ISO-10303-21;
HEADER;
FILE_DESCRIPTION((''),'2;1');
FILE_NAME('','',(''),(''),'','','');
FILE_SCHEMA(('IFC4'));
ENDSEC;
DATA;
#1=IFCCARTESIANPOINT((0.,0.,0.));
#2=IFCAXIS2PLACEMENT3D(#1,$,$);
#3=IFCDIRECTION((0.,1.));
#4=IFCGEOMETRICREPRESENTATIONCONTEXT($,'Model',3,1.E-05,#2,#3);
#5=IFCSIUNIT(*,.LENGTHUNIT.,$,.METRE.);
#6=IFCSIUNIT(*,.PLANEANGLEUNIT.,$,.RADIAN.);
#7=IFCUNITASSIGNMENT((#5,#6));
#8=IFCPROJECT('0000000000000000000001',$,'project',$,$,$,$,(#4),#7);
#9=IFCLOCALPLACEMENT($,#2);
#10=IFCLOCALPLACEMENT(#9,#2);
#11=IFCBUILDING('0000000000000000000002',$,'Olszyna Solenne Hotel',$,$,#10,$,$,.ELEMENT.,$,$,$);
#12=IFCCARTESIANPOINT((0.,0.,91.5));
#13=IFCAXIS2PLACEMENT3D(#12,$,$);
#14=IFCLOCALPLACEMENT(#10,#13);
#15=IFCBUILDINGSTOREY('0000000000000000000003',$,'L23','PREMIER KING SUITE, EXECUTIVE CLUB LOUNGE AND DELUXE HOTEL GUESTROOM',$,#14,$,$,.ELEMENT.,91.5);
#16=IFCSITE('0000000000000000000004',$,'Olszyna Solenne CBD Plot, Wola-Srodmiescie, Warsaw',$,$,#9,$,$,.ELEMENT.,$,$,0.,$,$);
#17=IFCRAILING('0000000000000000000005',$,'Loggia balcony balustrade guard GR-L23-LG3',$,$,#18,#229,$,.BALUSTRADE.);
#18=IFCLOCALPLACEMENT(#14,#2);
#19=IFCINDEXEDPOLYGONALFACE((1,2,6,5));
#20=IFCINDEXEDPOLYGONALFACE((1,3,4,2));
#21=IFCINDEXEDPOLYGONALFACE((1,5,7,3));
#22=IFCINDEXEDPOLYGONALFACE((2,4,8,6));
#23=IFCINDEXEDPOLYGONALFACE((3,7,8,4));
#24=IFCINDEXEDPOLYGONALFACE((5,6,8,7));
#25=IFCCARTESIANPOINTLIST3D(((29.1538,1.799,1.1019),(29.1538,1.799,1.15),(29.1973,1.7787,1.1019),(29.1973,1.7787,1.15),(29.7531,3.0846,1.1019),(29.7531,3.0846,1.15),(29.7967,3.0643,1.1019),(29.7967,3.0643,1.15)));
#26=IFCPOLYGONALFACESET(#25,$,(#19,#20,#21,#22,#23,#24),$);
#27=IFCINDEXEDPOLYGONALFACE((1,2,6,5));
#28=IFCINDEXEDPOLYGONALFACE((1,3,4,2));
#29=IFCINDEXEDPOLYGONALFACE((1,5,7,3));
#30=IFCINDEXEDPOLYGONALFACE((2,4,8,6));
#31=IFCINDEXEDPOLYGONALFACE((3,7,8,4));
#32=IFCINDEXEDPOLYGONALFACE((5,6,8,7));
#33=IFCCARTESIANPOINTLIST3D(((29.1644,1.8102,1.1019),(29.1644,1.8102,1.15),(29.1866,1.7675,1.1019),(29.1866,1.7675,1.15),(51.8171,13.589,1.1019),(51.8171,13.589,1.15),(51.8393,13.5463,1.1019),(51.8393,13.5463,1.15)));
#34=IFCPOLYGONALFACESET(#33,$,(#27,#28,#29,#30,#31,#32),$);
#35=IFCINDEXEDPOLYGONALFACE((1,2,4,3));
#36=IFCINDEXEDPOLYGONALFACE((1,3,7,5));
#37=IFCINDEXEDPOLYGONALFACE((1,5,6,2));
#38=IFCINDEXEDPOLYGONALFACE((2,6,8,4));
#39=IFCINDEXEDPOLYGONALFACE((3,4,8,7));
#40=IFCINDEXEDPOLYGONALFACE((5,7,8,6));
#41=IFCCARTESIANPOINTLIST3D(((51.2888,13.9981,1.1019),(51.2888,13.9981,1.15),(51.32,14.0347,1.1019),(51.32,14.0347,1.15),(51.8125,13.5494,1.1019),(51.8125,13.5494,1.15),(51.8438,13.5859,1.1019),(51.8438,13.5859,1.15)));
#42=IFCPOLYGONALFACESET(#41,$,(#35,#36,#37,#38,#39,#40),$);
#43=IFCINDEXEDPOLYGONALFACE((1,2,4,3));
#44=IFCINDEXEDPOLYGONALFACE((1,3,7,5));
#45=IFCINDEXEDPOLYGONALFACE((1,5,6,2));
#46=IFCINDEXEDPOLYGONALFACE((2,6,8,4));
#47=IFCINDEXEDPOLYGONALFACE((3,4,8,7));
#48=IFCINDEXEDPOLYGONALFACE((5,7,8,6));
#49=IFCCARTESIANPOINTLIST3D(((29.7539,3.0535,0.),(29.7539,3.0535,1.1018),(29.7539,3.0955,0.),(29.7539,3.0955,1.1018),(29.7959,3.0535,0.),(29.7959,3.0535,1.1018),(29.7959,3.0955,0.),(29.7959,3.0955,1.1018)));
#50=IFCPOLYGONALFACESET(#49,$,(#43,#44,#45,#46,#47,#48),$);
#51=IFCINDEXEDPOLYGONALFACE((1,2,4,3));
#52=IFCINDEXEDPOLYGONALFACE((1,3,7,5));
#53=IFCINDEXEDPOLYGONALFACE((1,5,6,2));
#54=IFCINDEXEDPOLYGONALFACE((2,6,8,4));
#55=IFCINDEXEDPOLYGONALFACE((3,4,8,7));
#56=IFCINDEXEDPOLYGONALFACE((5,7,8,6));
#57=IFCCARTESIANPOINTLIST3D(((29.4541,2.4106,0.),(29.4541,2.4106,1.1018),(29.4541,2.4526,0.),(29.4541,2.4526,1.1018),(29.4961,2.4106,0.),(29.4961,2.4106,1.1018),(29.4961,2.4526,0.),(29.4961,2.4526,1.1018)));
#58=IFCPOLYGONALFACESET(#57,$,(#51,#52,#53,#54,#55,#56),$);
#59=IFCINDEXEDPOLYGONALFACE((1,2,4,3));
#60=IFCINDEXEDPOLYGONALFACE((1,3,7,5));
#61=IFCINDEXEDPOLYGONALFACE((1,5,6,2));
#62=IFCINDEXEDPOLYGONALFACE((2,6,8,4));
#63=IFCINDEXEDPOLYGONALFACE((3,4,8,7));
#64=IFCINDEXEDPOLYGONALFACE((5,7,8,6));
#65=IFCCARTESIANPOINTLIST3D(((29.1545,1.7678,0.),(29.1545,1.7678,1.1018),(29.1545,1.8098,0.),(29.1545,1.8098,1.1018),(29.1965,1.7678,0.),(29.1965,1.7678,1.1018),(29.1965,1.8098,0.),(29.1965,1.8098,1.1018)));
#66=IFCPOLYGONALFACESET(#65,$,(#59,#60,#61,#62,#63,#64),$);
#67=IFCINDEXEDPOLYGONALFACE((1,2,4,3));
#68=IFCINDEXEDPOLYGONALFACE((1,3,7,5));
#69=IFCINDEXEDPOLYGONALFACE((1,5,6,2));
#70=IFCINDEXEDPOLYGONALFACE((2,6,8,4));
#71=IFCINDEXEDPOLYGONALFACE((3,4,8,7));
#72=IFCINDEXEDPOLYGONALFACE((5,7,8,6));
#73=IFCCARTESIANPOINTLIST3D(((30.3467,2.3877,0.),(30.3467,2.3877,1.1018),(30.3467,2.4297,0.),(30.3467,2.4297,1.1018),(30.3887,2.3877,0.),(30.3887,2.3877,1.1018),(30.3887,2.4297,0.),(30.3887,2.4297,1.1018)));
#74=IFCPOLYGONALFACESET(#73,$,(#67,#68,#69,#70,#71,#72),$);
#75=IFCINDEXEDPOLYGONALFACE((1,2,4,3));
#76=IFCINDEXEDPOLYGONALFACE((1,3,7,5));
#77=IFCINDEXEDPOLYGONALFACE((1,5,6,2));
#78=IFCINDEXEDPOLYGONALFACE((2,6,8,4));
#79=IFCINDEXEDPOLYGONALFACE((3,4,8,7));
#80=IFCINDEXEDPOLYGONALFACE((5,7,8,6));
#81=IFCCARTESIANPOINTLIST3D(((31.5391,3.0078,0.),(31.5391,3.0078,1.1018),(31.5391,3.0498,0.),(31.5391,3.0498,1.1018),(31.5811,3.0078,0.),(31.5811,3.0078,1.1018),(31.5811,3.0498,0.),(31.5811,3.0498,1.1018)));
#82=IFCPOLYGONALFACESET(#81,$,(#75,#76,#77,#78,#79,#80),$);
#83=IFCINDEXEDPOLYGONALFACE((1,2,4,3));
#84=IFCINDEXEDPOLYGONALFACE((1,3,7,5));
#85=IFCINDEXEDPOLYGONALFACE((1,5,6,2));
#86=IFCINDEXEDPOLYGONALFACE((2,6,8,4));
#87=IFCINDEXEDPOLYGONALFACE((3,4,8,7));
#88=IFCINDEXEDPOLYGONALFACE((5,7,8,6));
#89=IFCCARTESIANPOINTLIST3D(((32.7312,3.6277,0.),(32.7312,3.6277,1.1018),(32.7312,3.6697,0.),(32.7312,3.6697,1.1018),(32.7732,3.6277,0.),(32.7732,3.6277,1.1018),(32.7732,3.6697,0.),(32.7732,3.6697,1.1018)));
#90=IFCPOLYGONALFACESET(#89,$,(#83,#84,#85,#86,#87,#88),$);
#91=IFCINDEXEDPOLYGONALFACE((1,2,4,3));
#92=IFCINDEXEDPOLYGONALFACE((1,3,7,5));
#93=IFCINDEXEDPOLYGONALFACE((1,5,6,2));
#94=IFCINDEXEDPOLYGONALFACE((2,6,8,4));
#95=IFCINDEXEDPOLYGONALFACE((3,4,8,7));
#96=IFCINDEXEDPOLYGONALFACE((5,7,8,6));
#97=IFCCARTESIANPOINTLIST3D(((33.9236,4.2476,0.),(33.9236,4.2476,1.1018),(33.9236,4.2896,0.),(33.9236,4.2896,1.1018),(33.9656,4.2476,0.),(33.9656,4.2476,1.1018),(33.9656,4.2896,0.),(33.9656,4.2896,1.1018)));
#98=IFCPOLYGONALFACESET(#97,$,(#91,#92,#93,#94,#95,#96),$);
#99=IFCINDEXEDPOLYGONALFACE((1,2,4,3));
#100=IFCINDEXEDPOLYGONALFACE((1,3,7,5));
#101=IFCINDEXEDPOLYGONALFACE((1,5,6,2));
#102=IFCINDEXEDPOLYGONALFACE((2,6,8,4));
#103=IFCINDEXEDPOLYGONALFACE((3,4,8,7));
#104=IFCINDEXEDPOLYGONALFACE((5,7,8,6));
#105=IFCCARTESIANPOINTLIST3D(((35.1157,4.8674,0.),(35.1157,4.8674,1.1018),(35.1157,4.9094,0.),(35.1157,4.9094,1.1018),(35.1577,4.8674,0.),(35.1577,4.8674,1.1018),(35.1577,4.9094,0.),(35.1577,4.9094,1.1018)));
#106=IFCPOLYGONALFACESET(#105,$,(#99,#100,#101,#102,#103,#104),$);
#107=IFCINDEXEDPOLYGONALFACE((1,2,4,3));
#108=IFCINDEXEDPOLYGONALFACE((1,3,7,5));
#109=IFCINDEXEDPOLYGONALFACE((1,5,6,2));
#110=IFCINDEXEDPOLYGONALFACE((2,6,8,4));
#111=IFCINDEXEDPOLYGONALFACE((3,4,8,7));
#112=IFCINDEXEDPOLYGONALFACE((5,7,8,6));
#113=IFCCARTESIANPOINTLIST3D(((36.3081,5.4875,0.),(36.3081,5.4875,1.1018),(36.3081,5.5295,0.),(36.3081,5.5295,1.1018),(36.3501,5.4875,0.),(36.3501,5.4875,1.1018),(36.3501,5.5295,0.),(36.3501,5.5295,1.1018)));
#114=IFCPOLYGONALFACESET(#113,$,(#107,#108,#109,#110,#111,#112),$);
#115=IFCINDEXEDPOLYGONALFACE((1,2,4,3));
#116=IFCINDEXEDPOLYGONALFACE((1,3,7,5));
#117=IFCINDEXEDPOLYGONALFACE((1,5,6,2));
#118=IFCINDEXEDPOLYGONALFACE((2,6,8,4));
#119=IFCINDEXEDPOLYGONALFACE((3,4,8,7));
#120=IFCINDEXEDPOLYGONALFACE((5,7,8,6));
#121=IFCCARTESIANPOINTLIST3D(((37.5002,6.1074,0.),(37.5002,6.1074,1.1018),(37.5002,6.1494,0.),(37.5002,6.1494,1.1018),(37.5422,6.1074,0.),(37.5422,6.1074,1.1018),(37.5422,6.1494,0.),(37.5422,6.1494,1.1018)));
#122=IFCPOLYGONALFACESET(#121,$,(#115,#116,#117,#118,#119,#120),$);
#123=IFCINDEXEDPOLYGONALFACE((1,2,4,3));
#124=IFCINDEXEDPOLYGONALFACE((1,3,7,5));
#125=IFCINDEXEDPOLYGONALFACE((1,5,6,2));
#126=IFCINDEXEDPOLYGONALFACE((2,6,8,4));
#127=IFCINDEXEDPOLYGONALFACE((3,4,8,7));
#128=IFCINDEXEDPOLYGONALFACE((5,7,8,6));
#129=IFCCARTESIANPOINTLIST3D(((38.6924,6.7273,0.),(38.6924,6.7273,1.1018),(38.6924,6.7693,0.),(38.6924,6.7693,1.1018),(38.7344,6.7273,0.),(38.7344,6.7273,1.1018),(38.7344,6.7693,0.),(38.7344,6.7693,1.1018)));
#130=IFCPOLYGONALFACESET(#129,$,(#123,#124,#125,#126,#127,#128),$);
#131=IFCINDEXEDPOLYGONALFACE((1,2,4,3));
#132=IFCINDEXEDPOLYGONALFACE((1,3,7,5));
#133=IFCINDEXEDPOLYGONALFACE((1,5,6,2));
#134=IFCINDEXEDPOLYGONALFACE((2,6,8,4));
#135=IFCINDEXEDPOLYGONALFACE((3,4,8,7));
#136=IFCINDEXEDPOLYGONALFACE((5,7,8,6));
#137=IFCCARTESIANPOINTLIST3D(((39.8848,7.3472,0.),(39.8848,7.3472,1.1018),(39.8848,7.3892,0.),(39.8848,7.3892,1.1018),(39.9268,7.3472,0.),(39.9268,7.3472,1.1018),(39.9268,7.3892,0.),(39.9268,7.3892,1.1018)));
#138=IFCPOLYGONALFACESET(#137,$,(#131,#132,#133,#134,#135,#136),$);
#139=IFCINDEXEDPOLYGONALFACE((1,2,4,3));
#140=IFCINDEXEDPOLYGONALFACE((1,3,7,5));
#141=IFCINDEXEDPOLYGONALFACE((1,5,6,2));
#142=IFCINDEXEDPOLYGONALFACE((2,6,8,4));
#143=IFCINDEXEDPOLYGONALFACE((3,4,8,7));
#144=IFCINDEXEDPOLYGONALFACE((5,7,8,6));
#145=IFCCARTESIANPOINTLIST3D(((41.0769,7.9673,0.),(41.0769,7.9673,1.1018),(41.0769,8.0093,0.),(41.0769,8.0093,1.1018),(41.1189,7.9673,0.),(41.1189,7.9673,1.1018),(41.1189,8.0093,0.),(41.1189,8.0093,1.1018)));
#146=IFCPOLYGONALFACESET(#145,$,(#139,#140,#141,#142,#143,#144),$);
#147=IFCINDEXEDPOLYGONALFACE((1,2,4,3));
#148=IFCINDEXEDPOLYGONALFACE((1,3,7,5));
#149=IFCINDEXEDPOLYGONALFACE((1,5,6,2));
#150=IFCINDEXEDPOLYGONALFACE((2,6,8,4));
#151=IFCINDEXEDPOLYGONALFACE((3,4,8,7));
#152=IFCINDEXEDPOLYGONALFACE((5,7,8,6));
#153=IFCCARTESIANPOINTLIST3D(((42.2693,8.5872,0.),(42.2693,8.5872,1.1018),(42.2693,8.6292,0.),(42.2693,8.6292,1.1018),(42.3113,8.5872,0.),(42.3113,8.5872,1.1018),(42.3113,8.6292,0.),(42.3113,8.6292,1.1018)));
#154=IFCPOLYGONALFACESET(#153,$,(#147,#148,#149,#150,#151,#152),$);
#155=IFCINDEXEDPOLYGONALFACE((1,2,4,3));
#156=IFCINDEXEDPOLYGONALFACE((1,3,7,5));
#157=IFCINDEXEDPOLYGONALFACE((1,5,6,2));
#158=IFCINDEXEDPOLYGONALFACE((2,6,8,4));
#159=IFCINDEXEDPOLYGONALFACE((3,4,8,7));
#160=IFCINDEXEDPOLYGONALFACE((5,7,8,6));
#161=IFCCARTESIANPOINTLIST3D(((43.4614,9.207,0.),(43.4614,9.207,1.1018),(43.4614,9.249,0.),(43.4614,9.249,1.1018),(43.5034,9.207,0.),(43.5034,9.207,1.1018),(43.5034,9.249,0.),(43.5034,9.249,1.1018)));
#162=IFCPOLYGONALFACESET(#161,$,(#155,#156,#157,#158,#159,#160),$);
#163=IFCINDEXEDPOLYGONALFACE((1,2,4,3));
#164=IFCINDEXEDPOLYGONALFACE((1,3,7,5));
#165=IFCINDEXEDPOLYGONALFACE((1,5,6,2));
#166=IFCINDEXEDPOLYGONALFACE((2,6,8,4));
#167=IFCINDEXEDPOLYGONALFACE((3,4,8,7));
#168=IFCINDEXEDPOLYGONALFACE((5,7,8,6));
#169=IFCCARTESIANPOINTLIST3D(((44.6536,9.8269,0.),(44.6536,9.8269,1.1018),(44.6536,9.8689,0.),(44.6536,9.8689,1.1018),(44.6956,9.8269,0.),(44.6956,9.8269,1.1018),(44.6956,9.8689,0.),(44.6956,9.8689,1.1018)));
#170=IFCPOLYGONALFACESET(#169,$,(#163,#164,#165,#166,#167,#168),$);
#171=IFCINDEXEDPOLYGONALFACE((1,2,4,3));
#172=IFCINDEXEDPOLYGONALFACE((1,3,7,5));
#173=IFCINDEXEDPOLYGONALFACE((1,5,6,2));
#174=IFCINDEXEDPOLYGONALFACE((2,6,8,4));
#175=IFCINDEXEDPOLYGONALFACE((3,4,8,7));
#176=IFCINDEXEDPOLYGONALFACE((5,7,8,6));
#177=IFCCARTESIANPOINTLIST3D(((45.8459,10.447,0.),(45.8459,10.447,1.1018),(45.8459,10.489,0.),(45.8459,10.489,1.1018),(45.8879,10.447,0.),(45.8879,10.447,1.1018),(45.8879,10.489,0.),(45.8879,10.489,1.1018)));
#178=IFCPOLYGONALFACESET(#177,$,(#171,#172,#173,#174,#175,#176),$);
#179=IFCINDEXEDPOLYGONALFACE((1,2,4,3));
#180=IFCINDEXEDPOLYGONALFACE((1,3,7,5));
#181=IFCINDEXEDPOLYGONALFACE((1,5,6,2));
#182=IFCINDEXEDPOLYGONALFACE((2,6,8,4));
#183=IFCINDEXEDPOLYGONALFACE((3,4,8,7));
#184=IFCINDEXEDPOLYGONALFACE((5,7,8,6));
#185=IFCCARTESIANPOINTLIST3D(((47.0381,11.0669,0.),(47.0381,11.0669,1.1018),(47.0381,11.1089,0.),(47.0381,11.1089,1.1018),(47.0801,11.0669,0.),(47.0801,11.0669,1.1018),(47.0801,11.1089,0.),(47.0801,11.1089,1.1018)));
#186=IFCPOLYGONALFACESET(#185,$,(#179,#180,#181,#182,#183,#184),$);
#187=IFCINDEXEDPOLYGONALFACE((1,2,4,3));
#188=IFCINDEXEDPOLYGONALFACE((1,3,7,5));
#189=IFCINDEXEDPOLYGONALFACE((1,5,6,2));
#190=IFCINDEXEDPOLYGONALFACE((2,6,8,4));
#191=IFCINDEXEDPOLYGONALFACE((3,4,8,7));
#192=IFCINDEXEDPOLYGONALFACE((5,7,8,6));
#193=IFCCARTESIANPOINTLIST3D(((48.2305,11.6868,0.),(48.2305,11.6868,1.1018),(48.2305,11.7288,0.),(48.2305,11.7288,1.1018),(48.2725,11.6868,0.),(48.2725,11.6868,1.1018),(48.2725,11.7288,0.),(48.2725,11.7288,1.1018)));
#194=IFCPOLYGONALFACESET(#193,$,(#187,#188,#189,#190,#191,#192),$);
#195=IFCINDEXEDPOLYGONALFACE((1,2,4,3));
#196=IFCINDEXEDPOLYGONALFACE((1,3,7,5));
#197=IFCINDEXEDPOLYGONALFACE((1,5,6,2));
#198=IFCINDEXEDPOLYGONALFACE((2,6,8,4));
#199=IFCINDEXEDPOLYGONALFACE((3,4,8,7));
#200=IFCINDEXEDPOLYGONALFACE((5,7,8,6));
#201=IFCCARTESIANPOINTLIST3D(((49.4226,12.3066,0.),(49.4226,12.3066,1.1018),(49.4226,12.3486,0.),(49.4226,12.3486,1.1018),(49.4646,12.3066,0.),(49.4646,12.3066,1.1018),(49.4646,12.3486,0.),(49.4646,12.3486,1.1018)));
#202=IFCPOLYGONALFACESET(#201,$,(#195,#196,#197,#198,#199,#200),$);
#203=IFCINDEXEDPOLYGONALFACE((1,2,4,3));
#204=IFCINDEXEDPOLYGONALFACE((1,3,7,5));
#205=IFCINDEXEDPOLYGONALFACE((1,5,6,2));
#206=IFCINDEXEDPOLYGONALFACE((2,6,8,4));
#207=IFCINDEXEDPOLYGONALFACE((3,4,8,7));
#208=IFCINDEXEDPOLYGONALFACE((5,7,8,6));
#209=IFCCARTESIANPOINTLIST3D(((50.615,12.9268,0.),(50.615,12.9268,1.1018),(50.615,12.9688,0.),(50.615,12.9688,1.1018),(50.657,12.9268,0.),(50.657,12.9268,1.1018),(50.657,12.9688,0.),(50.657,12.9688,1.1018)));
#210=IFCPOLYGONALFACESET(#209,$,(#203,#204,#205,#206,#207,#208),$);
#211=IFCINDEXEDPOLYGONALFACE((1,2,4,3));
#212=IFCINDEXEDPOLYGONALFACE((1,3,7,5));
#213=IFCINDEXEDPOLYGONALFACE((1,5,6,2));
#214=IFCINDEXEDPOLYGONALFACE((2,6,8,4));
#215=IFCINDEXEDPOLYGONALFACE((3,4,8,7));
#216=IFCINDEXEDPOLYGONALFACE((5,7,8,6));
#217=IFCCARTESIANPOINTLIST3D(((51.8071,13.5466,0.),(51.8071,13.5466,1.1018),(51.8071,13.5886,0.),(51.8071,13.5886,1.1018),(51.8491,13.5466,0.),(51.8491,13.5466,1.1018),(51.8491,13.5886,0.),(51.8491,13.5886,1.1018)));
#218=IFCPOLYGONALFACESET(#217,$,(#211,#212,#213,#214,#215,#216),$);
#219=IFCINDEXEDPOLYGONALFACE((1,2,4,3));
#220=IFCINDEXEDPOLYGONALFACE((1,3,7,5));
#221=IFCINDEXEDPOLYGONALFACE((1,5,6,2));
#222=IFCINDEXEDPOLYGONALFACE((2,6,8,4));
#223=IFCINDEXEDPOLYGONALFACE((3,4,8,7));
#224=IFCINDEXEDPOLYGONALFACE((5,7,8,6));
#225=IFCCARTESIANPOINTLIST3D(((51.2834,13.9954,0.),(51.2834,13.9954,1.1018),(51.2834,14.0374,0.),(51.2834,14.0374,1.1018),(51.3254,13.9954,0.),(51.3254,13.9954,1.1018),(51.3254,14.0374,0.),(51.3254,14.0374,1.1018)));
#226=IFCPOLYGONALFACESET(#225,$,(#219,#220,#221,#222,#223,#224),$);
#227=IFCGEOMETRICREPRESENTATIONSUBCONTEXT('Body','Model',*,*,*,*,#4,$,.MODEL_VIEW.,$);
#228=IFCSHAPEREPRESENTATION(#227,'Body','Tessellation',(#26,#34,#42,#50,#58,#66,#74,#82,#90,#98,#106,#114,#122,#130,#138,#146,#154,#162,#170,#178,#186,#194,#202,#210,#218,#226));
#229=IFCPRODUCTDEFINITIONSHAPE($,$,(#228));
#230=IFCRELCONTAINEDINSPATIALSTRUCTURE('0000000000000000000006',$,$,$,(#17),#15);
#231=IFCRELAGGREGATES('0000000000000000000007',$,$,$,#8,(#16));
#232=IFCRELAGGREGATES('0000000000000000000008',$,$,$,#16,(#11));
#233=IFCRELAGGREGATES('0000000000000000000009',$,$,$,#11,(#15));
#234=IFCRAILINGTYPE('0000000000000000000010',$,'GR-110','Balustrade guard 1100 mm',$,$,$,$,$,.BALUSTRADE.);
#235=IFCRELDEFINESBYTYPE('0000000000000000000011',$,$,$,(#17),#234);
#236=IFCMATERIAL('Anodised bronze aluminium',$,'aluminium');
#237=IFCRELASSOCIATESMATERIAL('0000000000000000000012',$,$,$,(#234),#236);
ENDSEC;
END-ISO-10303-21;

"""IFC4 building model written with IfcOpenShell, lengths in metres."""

from ifc_helpers import new_model, si_unit, direction, frame, origin, origin_2d, place, context, subcontext, project, spatial, rectangle, extrude, material, type_object, element, save


model = new_model("IFC4")

# Units and contexts
model_context = context("Model", 3, precision=1e-05, world=origin(), true_north=direction((0.0, 1.0)))
body_context = subcontext(model_context, "Body", "Model", "MODEL_VIEW")
ifc_project = project(units=[si_unit("LENGTHUNIT", "METRE"), si_unit("PLANEANGLEUNIT", "RADIAN")], contexts=[model_context])

# Site, building, storey
site_placement = place(None, origin())
site = spatial("IfcSite", under=ifc_project, at=site_placement, Name="Olszyna Solenne CBD Plot, Wola-Srodmiescie, Warsaw", CompositionType="ELEMENT", RefElevation=0.0)
building_placement = place(site_placement, origin())
building = spatial("IfcBuilding", under=site, at=building_placement, Name="Olszyna Solenne Hotel", CompositionType="ELEMENT")
storey_placement = place(building_placement, frame((0.0, 0.0, 91.5)))
storey = spatial("IfcBuildingStorey", under=building, at=storey_placement, Name="L23", Description="PREMIER KING SUITE, EXECUTIVE CLUB LOUNGE AND DELUXE HOTEL GUESTROOM", CompositionType="ELEMENT", Elevation=91.5)

# Railing
ifc_material_1 = material(Name="Anodised bronze aluminium", Category="aluminium")
railing_type = type_object("IfcRailingType", Name="GR-110", Description="Balustrade guard 1100 mm", PredefinedType="BALUSTRADE", material=ifc_material_1)
railing_placement = place(storey_placement, frame((29.7749, 3.0745, 0.0)))
element("IfcRailing", 1, at=railing_placement, inside=storey, type_object=railing_type, Name="Loggia balcony balustrade guard GR-L23-LG3", PredefinedType="BALUSTRADE", context=body_context, shape_type="SweptSolid", body=[
    extrude(rectangle(XDim=0.0481, YDim=0.0481, at=origin_2d()), frame((0.0, 0.0, 1.126), z_axis=(-0.422537, -0.906346, 0.0), x_axis=(0.906346, -0.422537, 0.0)), (0.0, 0.0, 1.0), 1.4185),
    extrude(rectangle(XDim=0.0481, YDim=0.0481, at=origin_2d()), frame((-0.5994, -1.2856, 1.126), z_axis=(0.887225, 0.461336, 0.0), x_axis=(-0.461336, 0.887225, 0.0)), (0.0, 0.0, 1.0), 25.532),
    extrude(rectangle(XDim=0.0481, YDim=0.0481, at=origin_2d()), frame((22.0532, 10.4932, 1.126), z_axis=(-0.759357, 0.650675, 0.0), x_axis=(-0.650675, -0.759357, 0.0)), (0.0, 0.0, 1.0), 0.6897),
    extrude(rectangle(XDim=0.042, YDim=0.042, at=origin_2d()), origin(), (0.0, 0.0, 1.0), 1.1018),
    extrude(rectangle(XDim=0.042, YDim=0.042, at=origin_2d()), frame((-0.2998, -0.6428, 0.0)), (0.0, 0.0, 1.0), 1.1018),
    extrude(rectangle(XDim=0.042, YDim=0.042, at=origin_2d()), frame((-0.5994, -1.2856, 0.0)), (0.0, 0.0, 1.0), 1.1018),
    extrude(rectangle(XDim=0.042, YDim=0.042, at=origin_2d()), frame((0.5928, -0.6658, 0.0)), (0.0, 0.0, 1.0), 1.1018),
    extrude(rectangle(XDim=0.042, YDim=0.042, at=origin_2d()), frame((1.7852, -0.0457, 0.0)), (0.0, 0.0, 1.0), 1.1018),
    extrude(rectangle(XDim=0.042, YDim=0.042, at=origin_2d()), frame((2.9773, 0.5742, 0.0)), (0.0, 0.0, 1.0), 1.1018),
    extrude(rectangle(XDim=0.042, YDim=0.042, at=origin_2d()), frame((4.1697, 1.1941, 0.0)), (0.0, 0.0, 1.0), 1.1018),
    extrude(rectangle(XDim=0.042, YDim=0.042, at=origin_2d()), frame((5.3618, 1.814, 0.0)), (0.0, 0.0, 1.0), 1.1018),
    extrude(rectangle(XDim=0.042, YDim=0.042, at=origin_2d()), frame((6.5542, 2.4341, 0.0)), (0.0, 0.0, 1.0), 1.1018),
    extrude(rectangle(XDim=0.042, YDim=0.042, at=origin_2d()), frame((7.7463, 3.054, 0.0)), (0.0, 0.0, 1.0), 1.1018),
    extrude(rectangle(XDim=0.042, YDim=0.042, at=origin_2d()), frame((8.9385, 3.6738, 0.0)), (0.0, 0.0, 1.0), 1.1018),
    extrude(rectangle(XDim=0.042, YDim=0.042, at=origin_2d()), frame((10.1309, 4.2937, 0.0)), (0.0, 0.0, 1.0), 1.1018),
    extrude(rectangle(XDim=0.042, YDim=0.042, at=origin_2d()), frame((11.323, 4.9138, 0.0)), (0.0, 0.0, 1.0), 1.1018),
    extrude(rectangle(XDim=0.042, YDim=0.042, at=origin_2d()), frame((12.5154, 5.5337, 0.0)), (0.0, 0.0, 1.0), 1.1018),
    extrude(rectangle(XDim=0.042, YDim=0.042, at=origin_2d()), frame((13.7075, 6.1536, 0.0)), (0.0, 0.0, 1.0), 1.1018),
    extrude(rectangle(XDim=0.042, YDim=0.042, at=origin_2d()), frame((14.8997, 6.7734, 0.0)), (0.0, 0.0, 1.0), 1.1018),
    extrude(rectangle(XDim=0.042, YDim=0.042, at=origin_2d()), frame((16.092, 7.3936, 0.0)), (0.0, 0.0, 1.0), 1.1018),
    extrude(rectangle(XDim=0.042, YDim=0.042, at=origin_2d()), frame((17.2842, 8.0134, 0.0)), (0.0, 0.0, 1.0), 1.1018),
    extrude(rectangle(XDim=0.042, YDim=0.042, at=origin_2d()), frame((18.4766, 8.6333, 0.0)), (0.0, 0.0, 1.0), 1.1018),
    extrude(rectangle(XDim=0.042, YDim=0.042, at=origin_2d()), frame((19.6687, 9.2532, 0.0)), (0.0, 0.0, 1.0), 1.1018),
    extrude(rectangle(XDim=0.042, YDim=0.042, at=origin_2d()), frame((20.8611, 9.8733, 0.0)), (0.0, 0.0, 1.0), 1.1018),
    extrude(rectangle(XDim=0.042, YDim=0.042, at=origin_2d()), frame((22.0532, 10.4932, 0.0)), (0.0, 0.0, 1.0), 1.1018),
    extrude(rectangle(XDim=0.042, YDim=0.042, at=origin_2d()), frame((21.5295, 10.9419, 0.0)), (0.0, 0.0, 1.0), 1.1018),
])

save(model, "model.ifc")
